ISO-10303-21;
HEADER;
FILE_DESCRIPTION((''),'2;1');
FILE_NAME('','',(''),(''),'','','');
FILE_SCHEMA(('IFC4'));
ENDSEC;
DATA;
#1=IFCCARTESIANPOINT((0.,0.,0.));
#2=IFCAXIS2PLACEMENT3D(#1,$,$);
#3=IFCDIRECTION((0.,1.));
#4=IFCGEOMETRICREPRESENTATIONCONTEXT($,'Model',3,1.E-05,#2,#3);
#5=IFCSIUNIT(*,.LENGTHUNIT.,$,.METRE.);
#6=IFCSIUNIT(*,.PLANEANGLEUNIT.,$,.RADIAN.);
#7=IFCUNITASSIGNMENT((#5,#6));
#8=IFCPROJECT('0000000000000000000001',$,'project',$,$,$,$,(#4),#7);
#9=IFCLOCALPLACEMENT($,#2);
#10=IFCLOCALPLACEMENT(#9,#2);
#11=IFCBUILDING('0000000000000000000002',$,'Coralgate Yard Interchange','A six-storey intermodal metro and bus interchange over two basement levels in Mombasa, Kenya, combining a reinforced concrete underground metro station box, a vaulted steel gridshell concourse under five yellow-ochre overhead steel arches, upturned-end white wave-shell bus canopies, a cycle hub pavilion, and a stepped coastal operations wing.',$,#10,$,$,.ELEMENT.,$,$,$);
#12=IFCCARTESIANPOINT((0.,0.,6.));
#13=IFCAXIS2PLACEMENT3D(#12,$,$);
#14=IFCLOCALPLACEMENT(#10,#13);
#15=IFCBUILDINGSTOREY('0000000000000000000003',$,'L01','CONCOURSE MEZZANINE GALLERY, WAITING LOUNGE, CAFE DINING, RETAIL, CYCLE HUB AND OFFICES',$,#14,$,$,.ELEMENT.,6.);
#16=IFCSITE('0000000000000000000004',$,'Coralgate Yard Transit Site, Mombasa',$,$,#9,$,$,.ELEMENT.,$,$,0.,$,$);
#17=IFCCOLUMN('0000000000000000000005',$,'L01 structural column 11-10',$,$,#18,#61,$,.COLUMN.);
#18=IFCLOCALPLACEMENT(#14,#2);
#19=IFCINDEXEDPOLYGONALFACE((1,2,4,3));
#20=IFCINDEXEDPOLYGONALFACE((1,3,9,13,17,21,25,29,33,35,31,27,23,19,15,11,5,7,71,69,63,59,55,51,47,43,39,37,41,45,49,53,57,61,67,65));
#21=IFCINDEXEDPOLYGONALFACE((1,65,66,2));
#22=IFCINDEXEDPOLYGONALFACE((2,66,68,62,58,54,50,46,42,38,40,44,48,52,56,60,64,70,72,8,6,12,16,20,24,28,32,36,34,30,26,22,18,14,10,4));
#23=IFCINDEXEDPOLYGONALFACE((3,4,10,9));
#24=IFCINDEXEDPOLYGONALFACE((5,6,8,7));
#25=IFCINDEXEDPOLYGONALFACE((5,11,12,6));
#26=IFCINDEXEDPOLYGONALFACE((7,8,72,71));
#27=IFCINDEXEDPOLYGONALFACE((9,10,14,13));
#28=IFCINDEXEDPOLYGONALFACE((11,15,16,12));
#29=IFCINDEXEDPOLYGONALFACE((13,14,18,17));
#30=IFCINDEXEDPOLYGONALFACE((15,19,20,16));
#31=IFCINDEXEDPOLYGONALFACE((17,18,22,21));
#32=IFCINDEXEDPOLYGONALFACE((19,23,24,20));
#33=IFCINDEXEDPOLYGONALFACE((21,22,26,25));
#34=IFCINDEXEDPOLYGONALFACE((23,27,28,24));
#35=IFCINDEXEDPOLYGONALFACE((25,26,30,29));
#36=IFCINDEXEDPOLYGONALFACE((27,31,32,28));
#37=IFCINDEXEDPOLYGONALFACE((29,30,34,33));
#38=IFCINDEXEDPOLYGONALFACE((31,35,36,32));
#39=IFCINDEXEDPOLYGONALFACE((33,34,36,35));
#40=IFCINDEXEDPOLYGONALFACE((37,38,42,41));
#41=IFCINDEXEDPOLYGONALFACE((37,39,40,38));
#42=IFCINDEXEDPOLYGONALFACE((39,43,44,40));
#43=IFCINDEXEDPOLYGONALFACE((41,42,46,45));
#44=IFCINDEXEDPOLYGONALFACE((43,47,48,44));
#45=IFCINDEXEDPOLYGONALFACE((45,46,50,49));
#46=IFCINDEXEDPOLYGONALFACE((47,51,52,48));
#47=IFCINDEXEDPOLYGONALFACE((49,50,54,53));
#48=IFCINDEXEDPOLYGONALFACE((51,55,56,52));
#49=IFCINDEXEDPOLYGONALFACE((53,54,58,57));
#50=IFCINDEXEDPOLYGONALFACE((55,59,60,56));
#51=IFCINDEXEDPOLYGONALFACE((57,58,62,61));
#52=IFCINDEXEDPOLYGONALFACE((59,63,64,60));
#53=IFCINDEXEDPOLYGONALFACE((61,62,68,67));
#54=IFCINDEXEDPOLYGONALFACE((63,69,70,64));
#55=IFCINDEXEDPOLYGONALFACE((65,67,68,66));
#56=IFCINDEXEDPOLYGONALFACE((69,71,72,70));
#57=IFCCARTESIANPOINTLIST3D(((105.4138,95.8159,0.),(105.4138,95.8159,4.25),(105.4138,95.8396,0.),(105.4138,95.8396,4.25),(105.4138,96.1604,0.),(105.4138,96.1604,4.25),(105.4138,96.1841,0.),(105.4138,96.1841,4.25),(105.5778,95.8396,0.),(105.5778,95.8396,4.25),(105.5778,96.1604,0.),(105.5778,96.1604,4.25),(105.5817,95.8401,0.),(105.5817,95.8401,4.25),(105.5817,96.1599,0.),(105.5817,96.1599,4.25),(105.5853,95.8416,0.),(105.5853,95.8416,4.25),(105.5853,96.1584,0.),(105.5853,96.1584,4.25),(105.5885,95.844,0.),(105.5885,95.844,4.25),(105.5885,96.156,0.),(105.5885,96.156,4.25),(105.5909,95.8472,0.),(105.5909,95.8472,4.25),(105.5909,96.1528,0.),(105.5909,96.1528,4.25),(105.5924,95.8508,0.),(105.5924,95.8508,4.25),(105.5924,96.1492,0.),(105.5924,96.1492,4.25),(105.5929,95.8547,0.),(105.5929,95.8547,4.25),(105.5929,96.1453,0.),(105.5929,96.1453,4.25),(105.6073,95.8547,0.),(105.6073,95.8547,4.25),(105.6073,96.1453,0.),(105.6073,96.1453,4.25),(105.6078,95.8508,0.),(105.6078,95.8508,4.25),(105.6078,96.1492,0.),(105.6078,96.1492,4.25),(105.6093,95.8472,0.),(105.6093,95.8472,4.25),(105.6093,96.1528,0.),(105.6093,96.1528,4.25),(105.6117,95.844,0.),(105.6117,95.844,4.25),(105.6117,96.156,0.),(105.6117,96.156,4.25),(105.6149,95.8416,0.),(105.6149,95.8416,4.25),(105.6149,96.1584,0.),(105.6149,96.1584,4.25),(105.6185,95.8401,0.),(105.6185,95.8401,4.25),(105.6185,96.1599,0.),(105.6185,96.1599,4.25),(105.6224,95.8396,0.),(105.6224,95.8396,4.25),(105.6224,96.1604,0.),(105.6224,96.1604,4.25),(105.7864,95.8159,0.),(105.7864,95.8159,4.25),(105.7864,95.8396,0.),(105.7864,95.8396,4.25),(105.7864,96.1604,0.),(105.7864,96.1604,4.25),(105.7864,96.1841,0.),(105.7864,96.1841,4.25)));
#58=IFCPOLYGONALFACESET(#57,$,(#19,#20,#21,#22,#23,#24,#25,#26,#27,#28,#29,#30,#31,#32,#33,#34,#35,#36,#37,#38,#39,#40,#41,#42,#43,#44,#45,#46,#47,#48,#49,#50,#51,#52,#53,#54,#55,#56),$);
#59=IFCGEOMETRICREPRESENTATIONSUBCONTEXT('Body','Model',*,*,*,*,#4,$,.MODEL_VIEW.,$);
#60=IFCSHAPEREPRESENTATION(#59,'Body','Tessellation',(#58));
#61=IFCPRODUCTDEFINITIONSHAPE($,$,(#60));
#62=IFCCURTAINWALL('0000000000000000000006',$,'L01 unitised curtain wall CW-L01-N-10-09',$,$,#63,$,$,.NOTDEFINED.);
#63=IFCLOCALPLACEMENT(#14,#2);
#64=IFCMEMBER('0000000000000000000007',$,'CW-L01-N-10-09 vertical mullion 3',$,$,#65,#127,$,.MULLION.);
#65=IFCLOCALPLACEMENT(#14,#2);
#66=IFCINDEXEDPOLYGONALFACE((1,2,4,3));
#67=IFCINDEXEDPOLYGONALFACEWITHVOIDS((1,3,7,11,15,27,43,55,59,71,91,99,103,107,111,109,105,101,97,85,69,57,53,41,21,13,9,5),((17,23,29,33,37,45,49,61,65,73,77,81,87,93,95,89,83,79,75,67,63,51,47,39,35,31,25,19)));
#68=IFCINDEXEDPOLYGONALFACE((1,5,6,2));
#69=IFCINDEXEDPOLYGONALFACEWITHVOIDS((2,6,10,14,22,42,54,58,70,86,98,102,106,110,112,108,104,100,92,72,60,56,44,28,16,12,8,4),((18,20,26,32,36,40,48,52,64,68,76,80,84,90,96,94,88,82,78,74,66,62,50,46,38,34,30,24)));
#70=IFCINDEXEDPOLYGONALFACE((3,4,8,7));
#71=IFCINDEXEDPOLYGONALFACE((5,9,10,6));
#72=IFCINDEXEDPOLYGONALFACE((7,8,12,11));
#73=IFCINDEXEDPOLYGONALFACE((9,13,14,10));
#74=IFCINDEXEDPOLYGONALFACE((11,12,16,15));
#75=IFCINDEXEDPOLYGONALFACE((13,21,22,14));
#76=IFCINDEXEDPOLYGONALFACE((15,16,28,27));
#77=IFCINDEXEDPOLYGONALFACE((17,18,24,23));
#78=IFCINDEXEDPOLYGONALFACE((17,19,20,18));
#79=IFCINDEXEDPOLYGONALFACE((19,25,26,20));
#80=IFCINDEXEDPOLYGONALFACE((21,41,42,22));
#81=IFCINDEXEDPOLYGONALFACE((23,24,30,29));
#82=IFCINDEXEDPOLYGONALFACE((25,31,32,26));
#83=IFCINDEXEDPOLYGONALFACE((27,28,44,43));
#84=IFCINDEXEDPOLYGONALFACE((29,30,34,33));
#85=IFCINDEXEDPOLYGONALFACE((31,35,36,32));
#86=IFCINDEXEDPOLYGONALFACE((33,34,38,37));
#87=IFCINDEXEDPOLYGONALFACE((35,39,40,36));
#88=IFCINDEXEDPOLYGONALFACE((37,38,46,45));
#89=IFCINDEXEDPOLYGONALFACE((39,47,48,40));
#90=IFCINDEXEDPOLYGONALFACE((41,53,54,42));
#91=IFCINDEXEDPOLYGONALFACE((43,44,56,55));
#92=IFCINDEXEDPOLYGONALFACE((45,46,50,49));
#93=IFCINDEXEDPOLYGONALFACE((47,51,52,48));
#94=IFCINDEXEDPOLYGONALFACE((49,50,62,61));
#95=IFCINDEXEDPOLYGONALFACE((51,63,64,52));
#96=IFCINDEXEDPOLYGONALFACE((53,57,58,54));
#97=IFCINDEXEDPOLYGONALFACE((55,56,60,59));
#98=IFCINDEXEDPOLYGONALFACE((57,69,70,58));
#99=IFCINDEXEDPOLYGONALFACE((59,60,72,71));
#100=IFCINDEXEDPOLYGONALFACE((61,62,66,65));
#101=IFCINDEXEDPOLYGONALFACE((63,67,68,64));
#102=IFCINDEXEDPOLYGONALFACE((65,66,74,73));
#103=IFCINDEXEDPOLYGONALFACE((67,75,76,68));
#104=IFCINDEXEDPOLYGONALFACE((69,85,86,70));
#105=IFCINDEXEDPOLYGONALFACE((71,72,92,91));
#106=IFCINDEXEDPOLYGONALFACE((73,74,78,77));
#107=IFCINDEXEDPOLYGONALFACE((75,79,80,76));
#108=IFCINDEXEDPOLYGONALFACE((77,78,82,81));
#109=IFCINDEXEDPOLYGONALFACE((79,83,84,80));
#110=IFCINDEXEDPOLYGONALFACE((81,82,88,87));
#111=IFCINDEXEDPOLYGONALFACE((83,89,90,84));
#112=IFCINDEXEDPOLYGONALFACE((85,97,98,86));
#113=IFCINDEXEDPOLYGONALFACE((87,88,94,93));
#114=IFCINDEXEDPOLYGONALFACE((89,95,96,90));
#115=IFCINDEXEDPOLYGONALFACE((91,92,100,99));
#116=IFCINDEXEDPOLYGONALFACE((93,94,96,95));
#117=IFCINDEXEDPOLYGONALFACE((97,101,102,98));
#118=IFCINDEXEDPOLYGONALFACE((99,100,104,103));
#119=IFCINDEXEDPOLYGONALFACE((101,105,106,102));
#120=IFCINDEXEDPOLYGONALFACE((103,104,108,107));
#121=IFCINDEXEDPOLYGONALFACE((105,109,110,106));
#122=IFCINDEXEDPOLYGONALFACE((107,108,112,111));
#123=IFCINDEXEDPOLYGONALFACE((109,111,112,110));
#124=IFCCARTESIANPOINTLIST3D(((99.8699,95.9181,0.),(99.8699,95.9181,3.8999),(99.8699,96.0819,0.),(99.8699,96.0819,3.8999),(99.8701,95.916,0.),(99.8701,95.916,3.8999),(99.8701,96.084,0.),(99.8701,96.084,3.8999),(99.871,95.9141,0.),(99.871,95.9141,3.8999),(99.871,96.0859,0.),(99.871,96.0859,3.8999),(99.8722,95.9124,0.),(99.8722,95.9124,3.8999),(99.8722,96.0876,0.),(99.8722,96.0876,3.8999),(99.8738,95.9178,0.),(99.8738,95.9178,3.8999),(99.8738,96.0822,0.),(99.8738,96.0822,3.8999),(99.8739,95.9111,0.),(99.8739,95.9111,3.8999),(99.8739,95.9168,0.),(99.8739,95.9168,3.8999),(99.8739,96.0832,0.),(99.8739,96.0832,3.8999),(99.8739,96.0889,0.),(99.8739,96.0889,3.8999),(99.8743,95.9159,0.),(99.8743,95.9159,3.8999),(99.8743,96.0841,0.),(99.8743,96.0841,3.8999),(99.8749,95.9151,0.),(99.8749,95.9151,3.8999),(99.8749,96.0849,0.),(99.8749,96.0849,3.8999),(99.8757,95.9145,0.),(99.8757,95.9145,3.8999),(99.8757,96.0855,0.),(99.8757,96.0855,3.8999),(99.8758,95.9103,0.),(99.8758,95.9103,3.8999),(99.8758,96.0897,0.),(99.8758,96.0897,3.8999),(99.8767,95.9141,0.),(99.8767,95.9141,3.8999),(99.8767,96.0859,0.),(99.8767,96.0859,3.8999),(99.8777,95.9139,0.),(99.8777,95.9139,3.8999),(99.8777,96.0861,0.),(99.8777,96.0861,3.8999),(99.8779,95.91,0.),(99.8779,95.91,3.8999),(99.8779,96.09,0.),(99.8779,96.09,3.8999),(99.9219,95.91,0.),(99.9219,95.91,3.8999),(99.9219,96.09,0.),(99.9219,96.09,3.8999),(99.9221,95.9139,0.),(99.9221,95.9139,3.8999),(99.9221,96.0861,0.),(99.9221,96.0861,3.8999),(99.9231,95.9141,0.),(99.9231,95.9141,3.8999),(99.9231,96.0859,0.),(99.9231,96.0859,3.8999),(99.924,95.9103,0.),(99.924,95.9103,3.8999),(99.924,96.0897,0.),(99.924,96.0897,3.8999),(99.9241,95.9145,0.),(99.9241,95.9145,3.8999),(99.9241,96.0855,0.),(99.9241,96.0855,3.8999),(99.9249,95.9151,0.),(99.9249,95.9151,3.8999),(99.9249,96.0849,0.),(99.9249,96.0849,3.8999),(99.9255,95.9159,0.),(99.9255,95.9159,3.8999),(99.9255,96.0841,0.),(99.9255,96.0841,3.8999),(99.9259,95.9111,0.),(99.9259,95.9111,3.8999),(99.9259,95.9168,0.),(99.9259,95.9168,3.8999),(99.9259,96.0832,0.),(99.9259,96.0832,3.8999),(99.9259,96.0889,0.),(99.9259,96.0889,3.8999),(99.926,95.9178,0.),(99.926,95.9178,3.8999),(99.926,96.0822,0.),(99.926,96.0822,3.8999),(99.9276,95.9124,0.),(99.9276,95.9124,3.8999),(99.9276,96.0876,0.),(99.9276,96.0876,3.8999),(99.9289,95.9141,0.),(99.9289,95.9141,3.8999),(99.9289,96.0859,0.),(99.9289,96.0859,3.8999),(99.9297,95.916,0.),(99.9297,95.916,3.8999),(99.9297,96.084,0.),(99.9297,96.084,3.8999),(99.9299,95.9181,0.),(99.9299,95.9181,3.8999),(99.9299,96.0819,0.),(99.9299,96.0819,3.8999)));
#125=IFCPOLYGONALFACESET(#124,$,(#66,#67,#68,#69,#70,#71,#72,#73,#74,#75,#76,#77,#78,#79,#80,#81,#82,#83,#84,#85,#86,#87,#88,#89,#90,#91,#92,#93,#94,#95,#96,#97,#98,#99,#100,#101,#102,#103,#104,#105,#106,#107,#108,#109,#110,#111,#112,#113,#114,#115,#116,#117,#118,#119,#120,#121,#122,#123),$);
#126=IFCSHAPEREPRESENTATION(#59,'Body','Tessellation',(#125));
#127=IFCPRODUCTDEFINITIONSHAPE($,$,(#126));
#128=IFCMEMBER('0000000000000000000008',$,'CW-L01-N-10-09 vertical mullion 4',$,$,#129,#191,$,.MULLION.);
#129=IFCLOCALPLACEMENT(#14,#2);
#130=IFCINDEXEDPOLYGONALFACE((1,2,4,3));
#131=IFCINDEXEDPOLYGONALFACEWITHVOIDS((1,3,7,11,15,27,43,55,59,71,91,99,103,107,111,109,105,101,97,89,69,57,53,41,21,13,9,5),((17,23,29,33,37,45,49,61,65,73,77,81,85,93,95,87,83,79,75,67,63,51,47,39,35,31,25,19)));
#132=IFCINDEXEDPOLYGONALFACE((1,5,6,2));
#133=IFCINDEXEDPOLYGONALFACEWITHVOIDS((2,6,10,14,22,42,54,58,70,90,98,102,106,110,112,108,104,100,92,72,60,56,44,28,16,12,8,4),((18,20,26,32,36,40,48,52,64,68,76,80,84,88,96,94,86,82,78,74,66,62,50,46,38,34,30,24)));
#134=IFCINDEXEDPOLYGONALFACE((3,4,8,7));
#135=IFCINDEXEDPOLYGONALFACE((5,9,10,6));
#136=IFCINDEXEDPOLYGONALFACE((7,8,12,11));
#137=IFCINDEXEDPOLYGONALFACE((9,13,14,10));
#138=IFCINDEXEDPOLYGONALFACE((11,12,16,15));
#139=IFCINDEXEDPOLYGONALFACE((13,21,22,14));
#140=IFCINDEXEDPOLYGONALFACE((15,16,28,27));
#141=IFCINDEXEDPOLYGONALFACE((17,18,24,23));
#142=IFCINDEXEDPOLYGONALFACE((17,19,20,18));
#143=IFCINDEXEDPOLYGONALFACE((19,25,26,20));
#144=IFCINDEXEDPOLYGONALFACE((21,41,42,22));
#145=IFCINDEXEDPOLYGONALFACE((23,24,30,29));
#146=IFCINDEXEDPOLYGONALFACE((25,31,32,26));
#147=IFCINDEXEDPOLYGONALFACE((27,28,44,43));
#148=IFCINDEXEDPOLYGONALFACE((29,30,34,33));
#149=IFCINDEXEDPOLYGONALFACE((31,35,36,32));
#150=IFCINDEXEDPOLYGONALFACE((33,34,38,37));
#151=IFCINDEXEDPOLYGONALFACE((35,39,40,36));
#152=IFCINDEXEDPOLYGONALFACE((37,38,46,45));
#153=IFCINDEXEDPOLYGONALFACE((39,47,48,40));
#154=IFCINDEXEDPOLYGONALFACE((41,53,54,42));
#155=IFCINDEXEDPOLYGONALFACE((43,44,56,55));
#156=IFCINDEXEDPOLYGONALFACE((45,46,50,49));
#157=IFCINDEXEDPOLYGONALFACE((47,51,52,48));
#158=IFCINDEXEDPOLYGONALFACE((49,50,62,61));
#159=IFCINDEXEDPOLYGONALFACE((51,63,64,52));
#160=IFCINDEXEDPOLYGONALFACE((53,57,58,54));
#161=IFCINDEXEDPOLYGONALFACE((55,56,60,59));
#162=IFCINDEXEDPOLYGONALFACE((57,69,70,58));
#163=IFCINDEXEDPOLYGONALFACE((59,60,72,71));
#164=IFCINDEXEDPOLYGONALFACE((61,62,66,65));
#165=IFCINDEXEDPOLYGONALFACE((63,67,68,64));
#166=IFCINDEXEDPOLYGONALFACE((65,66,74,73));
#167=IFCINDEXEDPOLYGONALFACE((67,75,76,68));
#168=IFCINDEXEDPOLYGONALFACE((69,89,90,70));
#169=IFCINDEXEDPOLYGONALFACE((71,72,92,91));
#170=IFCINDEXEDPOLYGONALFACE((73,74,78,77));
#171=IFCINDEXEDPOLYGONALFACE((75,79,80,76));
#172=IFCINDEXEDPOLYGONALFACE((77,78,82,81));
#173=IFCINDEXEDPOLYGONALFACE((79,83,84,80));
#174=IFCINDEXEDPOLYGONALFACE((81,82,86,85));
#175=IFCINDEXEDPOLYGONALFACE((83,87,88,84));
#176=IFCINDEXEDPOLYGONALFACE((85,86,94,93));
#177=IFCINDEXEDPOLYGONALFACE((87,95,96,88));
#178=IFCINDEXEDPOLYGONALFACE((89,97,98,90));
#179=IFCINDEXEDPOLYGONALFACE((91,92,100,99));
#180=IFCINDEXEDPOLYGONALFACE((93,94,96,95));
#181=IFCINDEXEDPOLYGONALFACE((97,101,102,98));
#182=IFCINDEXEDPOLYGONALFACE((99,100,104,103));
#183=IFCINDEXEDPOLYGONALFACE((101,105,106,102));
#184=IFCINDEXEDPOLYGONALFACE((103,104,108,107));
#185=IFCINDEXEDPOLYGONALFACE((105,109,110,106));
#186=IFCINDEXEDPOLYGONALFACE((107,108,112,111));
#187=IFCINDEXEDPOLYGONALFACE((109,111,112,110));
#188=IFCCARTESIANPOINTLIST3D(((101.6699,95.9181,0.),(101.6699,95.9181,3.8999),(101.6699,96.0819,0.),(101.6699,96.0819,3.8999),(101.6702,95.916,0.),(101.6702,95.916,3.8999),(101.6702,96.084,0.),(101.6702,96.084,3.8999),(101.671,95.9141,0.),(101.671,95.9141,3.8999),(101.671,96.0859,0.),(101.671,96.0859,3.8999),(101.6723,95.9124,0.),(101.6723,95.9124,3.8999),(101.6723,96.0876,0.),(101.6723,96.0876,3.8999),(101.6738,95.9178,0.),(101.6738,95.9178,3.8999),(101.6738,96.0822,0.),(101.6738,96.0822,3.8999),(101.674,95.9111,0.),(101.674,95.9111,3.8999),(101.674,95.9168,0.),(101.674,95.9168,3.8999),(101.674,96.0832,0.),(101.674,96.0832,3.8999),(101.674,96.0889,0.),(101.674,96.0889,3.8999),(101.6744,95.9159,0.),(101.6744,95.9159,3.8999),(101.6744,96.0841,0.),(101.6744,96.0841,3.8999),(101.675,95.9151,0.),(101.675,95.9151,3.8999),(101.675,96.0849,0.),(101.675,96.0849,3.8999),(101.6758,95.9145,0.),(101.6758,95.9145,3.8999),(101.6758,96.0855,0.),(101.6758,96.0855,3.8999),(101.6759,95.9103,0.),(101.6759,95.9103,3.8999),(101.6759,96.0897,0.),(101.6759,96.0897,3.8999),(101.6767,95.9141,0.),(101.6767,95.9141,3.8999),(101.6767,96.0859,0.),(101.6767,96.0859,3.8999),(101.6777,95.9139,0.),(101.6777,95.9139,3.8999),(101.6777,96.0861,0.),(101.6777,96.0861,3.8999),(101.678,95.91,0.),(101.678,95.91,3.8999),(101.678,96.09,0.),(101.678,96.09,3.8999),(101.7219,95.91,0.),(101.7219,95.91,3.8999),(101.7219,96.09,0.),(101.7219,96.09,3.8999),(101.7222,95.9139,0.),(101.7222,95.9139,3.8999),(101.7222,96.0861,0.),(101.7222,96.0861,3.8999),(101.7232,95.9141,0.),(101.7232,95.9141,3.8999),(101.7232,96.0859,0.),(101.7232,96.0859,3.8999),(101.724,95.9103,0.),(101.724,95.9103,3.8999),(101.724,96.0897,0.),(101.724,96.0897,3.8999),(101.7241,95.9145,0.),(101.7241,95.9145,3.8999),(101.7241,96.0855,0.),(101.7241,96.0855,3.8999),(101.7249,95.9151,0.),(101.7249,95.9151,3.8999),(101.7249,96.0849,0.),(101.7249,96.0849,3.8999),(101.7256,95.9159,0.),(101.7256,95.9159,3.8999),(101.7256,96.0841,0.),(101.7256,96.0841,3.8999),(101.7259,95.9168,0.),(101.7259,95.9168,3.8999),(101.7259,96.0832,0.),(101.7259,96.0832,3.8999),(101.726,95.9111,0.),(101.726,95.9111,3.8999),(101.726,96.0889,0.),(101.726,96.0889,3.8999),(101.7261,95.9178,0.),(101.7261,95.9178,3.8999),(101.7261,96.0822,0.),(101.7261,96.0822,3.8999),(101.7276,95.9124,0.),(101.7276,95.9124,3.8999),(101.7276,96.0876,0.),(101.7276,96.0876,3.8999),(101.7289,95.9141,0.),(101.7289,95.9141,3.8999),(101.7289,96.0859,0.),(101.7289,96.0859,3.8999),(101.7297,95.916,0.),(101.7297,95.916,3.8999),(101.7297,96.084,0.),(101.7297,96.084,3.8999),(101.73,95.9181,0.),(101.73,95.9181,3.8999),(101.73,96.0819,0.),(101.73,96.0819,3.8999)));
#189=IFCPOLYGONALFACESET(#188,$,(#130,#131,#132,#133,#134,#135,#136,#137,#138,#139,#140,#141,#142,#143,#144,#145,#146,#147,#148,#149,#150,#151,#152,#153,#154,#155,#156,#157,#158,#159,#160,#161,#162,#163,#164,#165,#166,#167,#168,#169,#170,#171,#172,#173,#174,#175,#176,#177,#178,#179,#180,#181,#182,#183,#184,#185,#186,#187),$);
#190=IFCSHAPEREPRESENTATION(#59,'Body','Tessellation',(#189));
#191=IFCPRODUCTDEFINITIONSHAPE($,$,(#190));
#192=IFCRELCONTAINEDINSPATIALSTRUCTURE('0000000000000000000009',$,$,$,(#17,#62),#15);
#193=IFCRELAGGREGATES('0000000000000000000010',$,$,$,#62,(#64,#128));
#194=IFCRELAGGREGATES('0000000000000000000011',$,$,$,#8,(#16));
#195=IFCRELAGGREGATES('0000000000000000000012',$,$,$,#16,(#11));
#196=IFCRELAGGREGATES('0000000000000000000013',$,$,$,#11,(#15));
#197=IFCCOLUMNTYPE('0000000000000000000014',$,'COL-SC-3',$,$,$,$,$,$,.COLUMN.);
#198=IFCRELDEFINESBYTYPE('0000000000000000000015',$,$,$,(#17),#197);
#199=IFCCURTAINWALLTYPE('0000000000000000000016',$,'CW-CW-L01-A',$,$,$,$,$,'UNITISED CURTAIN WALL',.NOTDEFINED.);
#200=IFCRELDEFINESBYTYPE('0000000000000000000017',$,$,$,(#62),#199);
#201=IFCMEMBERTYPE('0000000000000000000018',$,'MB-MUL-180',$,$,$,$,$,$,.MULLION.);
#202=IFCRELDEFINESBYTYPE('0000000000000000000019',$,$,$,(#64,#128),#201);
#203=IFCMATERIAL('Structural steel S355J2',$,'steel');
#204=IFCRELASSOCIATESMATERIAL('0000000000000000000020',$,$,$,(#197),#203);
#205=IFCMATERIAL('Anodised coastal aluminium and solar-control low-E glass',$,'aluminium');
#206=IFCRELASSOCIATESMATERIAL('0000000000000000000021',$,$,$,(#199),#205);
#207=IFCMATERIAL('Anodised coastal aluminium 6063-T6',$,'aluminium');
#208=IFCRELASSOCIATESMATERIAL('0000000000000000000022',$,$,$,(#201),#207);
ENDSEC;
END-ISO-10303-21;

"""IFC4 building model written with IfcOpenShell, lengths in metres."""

from ifc_helpers import new_model, si_unit, direction, frame, origin, origin_2d, place, context, subcontext, project, spatial, hollow_rectangle, i_section, extrude, material, material_profile, profile_set, type_object, element, aggregate, save


model = new_model("IFC4")

# Units and contexts
model_context = context("Model", 3, precision=1e-05, world=origin(), true_north=direction((0.0, 1.0)))
body_context = subcontext(model_context, "Body", "Model", "MODEL_VIEW")
ifc_project = project(units=[si_unit("LENGTHUNIT", "METRE"), si_unit("PLANEANGLEUNIT", "RADIAN")], contexts=[model_context])

# Site, building, storey
site_placement = place(None, origin())
site = spatial("IfcSite", under=ifc_project, at=site_placement, Name="Coralgate Yard Transit Site, Mombasa", CompositionType="ELEMENT", RefElevation=0.0)
building_placement = place(site_placement, origin())
building = spatial("IfcBuilding", under=site, at=building_placement, Name="Coralgate Yard Interchange", Description="A six-storey intermodal metro and bus interchange over two basement levels in Mombasa, Kenya, combining a reinforced concrete underground metro station box, a vaulted steel gridshell concourse under five yellow-ochre overhead steel arches, upturned-end white wave-shell bus canopies, a cycle hub pavilion, and a stepped coastal operations wing.", CompositionType="ELEMENT")
storey_placement = place(building_placement, frame((0.0, 0.0, 6.0)))
storey = spatial("IfcBuildingStorey", under=building, at=storey_placement, Name="L01", Description="CONCOURSE MEZZANINE GALLERY, WAITING LOUNGE, CAFE DINING, RETAIL, CYCLE HUB AND OFFICES", CompositionType="ELEMENT", Elevation=6.0)

# Column
ifc_material_1 = material(Name="Structural steel S355J2", Category="steel")
ifc_material_profile_1 = material_profile(ifc_material_1, i_section(OverallWidth=0.3726, OverallDepth=0.3682, WebThickness=0.0144, FlangeThickness=0.0237, FilletRadius=0.0151, at=origin_2d()), Name="UC 356x368x177")
ifc_profile_set_1 = profile_set([ifc_material_profile_1], Name="Structural steel S355J2")
column_type = type_object("IfcColumnType", Name="COL-SC-3", PredefinedType="COLUMN", material=ifc_profile_set_1)
column_placement = place(storey_placement, frame((105.6001, 96.0, 0.0), z_axis=(0.0, 0.0, 1.0), x_axis=(1.0, 0.0, 0.0)))
element("IfcColumn", 1, at=column_placement, inside=storey, type_object=column_type, Name="L01 structural column 11-10", PredefinedType="COLUMN", context=body_context, shape_type="SweptSolid", body=[
    extrude(i_section(OverallWidth=0.3726, OverallDepth=0.3682, WebThickness=0.0144, FlangeThickness=0.0237, FilletRadius=0.0151, at=origin_2d()), origin(), (0.0, 0.0, 1.0), 4.25),
])

# Curtain wall, members
ifc_material_2 = material(Name="Anodised coastal aluminium and solar-control low-E glass", Category="aluminium")
curtain_wall_type_1 = type_object("IfcCurtainWallType", Name="CW-CW-L01-A", ElementType="UNITISED CURTAIN WALL", PredefinedType="NOTDEFINED", material=ifc_material_2)
curtain_wall_1_placement = place(storey_placement, origin())
curtain_wall_1 = element("IfcCurtainWall", 2, at=curtain_wall_1_placement, inside=storey, type_object=curtain_wall_type_1, Name="L01 unitised curtain wall CW-L01-N-10-09", PredefinedType="NOTDEFINED")
ifc_material_3 = material(Name="Anodised coastal aluminium 6063-T6", Category="aluminium")
ifc_material_profile_2 = material_profile(ifc_material_3, hollow_rectangle(XDim=0.0601, YDim=0.1799, WallThickness=0.0039, InnerFilletRadius=0.0039, OuterFilletRadius=0.0081, at=origin_2d()), Name="ALU 60x180x4")
ifc_profile_set_2 = profile_set([ifc_material_profile_2], Name="Anodised coastal aluminium 6063-T6")
member_type_1 = type_object("IfcMemberType", Name="MB-MUL-180", PredefinedType="MULLION", material=ifc_profile_set_2)
member_1_placement = place(storey_placement, frame((99.8999, 96.0, 0.0), z_axis=(0.0, 0.0, 1.0), x_axis=(1.0, 0.0, 0.0)))
member_1 = element("IfcMember", 3, at=member_1_placement, type_object=member_type_1, Name="CW-L01-N-10-09 vertical mullion 3", PredefinedType="MULLION", context=body_context, shape_type="SweptSolid", body=[
    extrude(hollow_rectangle(XDim=0.0601, YDim=0.1799, WallThickness=0.0039, InnerFilletRadius=0.0039, OuterFilletRadius=0.0081, at=origin_2d()), origin(), (0.0, 0.0, 1.0), 3.8999),
])
member_2_placement = place(storey_placement, frame((101.7, 96.0, 0.0), z_axis=(0.0, 0.0, 1.0), x_axis=(1.0, 0.0, 0.0)))
member_2 = element("IfcMember", 4, at=member_2_placement, type_object=member_type_1, Name="CW-L01-N-10-09 vertical mullion 4", PredefinedType="MULLION", context=body_context, shape_type="SweptSolid", body=[
    extrude(hollow_rectangle(XDim=0.0601, YDim=0.1799, WallThickness=0.0039, InnerFilletRadius=0.0039, OuterFilletRadius=0.0081, at=origin_2d()), origin(), (0.0, 0.0, 1.0), 3.8999),
])

aggregate(curtain_wall_1, [member_1, member_2])

save(model, "model.ifc")
